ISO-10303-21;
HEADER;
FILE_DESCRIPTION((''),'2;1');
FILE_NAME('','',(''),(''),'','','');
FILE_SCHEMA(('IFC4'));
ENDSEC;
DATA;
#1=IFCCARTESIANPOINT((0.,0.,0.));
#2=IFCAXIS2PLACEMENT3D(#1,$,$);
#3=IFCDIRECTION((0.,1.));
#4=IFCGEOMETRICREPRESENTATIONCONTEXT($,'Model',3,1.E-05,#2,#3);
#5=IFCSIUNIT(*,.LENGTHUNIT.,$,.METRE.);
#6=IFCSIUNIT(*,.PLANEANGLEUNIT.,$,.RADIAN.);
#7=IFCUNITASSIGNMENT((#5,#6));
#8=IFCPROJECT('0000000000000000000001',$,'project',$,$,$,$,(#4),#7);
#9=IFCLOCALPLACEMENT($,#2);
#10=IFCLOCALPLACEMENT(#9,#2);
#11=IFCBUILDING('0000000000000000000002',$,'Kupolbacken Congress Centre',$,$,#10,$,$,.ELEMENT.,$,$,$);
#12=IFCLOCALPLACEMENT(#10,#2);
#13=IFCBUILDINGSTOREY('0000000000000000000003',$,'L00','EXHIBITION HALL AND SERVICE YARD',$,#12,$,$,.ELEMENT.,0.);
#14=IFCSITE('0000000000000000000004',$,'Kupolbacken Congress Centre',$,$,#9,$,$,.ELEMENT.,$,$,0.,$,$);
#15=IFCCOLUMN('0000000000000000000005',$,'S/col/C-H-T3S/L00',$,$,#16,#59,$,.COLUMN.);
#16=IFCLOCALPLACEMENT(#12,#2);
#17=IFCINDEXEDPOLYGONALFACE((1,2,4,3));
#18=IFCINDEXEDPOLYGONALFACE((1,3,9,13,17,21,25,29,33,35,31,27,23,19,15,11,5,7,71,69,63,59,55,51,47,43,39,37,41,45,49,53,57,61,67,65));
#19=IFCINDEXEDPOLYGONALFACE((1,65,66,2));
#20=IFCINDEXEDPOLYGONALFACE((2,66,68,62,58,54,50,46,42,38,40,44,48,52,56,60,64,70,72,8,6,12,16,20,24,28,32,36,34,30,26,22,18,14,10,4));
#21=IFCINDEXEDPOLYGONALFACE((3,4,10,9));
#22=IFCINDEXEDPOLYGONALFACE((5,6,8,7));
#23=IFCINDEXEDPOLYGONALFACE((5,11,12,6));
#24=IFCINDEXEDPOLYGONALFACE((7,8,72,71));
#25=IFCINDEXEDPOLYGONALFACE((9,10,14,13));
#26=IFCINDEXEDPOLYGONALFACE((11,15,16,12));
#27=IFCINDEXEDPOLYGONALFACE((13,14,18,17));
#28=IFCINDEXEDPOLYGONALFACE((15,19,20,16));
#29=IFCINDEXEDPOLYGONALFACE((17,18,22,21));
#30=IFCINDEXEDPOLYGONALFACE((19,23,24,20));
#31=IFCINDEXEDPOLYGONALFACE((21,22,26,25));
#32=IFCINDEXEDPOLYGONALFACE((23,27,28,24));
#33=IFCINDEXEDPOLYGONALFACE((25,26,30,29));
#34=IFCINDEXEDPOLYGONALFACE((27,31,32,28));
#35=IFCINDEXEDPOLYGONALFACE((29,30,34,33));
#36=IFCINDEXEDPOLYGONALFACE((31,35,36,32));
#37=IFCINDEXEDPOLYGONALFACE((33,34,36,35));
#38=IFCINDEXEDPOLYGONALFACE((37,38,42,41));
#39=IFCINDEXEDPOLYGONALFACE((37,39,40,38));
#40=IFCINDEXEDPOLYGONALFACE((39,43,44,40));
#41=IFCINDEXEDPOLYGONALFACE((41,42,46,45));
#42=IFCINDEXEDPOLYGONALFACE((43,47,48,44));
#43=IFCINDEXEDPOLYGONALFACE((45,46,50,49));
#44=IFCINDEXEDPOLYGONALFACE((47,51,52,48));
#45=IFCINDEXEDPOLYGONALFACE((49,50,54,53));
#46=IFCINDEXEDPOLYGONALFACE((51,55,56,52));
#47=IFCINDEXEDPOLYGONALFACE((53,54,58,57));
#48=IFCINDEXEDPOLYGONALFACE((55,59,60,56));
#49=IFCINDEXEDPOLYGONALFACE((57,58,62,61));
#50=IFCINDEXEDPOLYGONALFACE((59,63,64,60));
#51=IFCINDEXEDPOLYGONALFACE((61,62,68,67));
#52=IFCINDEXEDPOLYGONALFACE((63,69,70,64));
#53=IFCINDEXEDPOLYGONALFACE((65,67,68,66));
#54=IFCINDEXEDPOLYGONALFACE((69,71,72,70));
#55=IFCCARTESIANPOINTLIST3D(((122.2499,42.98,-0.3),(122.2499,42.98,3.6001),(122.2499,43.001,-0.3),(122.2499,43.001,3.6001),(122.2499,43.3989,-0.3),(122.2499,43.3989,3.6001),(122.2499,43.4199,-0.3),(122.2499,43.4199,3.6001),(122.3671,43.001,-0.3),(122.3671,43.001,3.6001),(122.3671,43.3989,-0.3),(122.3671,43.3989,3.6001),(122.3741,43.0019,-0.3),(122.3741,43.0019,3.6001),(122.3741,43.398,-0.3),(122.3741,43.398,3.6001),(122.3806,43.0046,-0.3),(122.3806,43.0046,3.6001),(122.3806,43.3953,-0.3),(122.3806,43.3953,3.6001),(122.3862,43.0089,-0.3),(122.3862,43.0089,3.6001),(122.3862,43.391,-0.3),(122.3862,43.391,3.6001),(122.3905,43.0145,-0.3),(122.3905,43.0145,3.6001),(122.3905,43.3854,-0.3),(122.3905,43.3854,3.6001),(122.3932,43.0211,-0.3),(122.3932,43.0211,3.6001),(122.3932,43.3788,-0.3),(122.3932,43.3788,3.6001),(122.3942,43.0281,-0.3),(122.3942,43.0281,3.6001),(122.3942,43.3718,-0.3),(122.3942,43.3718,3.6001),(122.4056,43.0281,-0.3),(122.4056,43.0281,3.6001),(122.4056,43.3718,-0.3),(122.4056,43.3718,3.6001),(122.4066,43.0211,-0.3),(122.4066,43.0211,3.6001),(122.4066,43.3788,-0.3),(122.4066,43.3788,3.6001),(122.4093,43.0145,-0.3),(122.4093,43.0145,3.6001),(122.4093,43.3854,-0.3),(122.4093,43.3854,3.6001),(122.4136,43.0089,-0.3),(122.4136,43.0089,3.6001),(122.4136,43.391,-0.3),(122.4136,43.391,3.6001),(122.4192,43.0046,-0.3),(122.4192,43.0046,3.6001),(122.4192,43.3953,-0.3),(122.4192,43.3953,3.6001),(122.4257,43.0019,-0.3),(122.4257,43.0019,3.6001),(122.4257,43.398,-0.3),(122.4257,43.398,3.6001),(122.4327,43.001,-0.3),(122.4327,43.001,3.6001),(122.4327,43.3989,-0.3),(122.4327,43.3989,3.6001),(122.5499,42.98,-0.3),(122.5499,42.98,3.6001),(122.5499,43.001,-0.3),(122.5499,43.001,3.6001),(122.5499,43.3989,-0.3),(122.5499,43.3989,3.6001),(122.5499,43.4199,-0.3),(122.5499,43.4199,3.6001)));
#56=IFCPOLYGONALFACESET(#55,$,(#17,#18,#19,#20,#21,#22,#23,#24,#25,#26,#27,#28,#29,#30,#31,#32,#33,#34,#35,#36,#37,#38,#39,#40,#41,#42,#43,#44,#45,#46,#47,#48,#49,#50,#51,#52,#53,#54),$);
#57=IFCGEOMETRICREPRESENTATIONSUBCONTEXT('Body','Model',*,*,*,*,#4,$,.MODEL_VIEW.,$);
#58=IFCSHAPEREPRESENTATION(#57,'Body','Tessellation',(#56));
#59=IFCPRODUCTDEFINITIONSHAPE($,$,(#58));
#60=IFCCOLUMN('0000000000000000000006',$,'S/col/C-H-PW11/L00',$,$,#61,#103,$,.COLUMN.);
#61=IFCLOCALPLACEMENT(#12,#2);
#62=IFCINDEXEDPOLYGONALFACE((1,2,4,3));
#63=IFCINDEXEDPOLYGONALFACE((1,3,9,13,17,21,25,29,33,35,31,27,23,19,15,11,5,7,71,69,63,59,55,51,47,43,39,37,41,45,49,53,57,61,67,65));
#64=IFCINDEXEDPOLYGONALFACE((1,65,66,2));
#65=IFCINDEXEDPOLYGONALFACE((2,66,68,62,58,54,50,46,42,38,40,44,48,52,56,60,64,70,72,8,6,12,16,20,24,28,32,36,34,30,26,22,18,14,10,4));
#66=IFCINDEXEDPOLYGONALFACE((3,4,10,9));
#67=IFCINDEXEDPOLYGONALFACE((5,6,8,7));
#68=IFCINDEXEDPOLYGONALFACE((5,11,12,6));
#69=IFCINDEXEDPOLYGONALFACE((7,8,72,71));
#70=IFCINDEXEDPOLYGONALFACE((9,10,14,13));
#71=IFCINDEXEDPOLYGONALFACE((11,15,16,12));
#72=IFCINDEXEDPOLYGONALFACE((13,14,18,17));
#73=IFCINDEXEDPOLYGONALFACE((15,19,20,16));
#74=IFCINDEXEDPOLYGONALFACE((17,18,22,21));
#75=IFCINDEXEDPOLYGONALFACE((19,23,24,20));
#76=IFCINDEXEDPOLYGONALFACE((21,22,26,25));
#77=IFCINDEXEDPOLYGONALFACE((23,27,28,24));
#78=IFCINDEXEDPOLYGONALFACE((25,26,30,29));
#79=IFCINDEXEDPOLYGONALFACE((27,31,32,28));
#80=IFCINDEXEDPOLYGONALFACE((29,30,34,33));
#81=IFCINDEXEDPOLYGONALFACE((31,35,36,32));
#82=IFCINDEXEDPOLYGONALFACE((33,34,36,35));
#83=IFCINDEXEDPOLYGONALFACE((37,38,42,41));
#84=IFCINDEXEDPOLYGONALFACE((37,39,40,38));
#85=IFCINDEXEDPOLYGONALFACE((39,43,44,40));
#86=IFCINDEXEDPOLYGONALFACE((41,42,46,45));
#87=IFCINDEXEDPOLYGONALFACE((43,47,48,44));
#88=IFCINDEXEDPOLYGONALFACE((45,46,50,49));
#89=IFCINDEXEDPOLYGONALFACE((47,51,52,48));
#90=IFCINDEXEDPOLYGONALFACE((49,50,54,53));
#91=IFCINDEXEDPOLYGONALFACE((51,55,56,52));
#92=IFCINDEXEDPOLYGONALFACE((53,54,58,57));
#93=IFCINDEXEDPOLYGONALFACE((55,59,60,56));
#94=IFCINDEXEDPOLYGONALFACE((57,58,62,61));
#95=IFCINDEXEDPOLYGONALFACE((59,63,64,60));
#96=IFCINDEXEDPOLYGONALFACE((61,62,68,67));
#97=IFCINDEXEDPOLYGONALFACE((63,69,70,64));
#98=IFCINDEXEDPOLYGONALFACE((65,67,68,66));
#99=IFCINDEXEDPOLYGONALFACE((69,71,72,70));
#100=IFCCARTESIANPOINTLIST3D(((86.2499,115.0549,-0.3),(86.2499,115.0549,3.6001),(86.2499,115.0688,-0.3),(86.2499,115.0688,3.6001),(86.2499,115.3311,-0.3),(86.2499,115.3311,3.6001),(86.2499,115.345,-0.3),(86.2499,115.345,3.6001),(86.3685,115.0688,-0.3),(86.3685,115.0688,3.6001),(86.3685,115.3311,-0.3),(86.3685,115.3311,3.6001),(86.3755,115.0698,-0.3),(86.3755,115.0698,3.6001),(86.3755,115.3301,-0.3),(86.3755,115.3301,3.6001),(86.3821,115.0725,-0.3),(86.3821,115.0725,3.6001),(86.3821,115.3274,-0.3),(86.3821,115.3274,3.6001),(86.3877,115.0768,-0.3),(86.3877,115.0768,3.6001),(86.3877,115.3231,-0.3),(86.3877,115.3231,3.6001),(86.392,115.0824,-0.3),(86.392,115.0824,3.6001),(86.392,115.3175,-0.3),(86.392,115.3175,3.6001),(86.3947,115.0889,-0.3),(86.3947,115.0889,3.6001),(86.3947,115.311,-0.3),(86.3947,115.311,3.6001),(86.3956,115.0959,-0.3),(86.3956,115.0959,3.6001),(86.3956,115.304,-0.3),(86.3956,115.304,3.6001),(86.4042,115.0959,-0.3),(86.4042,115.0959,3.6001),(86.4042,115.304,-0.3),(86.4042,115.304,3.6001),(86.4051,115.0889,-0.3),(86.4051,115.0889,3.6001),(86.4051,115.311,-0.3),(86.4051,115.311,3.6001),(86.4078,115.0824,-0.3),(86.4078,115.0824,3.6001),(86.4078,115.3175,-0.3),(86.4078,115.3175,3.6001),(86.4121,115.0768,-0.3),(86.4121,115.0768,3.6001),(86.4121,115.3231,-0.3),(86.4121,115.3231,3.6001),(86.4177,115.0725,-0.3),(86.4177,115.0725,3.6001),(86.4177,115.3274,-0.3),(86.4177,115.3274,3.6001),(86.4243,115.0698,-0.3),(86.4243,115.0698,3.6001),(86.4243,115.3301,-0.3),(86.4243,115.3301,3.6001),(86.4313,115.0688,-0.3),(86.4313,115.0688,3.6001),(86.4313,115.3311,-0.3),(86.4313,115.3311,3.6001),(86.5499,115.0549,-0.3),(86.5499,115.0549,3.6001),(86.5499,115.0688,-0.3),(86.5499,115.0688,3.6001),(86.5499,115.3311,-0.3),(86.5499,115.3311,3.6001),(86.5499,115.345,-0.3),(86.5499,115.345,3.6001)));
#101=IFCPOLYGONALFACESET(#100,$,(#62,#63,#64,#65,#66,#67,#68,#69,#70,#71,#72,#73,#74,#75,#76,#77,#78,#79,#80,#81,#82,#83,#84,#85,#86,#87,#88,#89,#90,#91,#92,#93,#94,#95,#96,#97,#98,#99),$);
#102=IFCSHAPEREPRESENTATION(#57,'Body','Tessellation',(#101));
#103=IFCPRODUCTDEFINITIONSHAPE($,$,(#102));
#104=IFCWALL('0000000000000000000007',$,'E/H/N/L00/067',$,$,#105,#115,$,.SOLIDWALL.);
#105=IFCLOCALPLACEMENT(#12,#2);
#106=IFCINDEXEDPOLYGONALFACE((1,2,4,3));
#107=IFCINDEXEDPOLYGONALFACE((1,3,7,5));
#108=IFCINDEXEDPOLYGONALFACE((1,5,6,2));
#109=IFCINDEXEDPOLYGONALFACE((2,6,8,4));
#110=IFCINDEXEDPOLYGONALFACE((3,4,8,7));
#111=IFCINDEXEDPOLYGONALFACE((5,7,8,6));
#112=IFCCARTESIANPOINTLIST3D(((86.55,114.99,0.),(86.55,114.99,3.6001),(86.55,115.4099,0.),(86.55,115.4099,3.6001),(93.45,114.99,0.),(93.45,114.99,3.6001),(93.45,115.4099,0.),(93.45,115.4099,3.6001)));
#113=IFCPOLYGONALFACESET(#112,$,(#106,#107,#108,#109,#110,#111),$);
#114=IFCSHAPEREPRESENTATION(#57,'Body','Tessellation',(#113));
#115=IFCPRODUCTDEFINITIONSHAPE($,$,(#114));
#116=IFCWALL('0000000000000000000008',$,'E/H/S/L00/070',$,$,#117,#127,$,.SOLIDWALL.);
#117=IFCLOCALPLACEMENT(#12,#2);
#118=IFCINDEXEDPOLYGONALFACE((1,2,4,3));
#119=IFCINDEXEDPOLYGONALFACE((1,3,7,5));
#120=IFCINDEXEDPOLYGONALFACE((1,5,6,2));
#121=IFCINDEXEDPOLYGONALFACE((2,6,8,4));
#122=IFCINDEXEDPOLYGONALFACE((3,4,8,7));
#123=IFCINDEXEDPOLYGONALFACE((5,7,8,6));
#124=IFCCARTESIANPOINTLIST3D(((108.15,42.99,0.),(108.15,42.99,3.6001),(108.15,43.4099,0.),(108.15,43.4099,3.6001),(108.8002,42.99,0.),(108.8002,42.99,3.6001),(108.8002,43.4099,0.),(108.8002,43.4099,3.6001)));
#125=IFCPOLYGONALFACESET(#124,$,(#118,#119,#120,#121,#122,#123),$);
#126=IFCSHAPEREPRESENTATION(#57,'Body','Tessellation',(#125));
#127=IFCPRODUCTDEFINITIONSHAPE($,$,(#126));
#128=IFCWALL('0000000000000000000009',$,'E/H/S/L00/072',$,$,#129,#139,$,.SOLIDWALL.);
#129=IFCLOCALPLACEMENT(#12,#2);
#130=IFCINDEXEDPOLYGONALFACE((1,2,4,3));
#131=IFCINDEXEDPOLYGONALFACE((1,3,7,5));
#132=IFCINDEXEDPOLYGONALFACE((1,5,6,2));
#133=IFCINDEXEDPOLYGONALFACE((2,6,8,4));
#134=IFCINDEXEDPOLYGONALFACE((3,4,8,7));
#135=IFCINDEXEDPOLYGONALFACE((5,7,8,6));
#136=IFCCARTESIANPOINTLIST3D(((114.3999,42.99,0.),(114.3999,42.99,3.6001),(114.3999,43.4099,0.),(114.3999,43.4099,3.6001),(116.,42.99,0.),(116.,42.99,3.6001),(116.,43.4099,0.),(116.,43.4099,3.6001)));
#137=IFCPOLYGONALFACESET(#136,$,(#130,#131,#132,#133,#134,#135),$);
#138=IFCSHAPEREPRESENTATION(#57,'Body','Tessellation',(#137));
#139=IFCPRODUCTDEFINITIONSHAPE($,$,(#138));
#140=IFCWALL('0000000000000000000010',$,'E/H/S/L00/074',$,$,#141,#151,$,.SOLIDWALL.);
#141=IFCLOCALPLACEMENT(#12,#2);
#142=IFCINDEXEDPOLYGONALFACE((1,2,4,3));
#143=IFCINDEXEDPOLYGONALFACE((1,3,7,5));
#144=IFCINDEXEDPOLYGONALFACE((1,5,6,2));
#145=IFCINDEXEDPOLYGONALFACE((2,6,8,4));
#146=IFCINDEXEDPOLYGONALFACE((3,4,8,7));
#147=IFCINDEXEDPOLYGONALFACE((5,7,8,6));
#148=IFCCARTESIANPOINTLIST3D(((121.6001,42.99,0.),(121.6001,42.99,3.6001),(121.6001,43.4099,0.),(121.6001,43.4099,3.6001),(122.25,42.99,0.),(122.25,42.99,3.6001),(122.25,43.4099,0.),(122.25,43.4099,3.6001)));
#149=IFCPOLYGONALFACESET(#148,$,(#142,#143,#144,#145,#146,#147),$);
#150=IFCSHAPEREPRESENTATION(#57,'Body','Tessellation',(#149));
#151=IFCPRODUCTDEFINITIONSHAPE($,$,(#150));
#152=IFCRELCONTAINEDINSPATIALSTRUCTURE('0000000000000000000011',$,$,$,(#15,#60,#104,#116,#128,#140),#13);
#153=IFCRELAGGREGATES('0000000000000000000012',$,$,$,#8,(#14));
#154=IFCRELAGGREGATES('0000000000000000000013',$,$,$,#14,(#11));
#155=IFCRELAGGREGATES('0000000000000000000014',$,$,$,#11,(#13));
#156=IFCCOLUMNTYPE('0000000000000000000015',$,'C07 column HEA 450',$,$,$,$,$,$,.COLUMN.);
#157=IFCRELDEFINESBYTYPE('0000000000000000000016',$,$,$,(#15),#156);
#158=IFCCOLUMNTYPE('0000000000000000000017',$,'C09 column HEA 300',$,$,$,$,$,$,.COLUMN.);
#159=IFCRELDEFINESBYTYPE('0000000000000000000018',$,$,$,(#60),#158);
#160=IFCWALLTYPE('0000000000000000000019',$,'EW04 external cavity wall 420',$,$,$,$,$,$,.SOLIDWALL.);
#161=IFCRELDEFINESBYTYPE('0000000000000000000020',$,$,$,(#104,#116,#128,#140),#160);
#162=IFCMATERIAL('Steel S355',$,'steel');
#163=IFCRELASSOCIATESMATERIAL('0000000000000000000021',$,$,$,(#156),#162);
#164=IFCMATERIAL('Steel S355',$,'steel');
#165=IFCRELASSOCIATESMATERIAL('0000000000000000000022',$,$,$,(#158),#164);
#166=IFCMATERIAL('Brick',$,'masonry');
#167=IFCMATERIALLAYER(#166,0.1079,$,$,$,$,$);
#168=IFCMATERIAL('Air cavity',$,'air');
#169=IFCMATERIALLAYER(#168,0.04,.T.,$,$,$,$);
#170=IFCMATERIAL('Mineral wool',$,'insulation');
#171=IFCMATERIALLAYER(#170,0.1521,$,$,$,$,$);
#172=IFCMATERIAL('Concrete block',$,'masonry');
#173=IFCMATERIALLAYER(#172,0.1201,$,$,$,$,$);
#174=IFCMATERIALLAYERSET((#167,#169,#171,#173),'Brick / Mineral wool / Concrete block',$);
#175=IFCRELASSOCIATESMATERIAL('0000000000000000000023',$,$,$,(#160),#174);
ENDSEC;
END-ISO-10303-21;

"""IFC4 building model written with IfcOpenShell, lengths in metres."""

from ifc_helpers import new_model, si_unit, direction, frame, frame_2d, origin, origin_2d, place, context, subcontext, project, spatial, rectangle, i_section, extrude, material, layer, layer_set, material_profile, profile_set, type_object, element, save


model = new_model("IFC4")

# Units and contexts
model_context = context("Model", 3, precision=1e-05, world=origin(), true_north=direction((0.0, 1.0)))
body_context = subcontext(model_context, "Body", "Model", "MODEL_VIEW")
ifc_project = project(units=[si_unit("LENGTHUNIT", "METRE"), si_unit("PLANEANGLEUNIT", "RADIAN")], contexts=[model_context])

# Site, building, storey
site_placement = place(None, origin())
site = spatial("IfcSite", under=ifc_project, at=site_placement, Name="Kupolbacken Congress Centre", CompositionType="ELEMENT", RefElevation=0.0)
building_placement = place(site_placement, origin())
building = spatial("IfcBuilding", under=site, at=building_placement, Name="Kupolbacken Congress Centre", CompositionType="ELEMENT")
storey_placement = place(building_placement, origin())
storey = spatial("IfcBuildingStorey", under=building, at=storey_placement, Name="L00", Description="EXHIBITION HALL AND SERVICE YARD", CompositionType="ELEMENT", Elevation=0.0)

# Columns
ifc_material_1 = material(Name="Steel S355", Category="steel")
ifc_material_profile_1 = material_profile(ifc_material_1, i_section(OverallWidth=0.3, OverallDepth=0.4399, WebThickness=0.0115, FlangeThickness=0.021, FilletRadius=0.0271, at=origin_2d()), Name="HEA 450")
ifc_profile_set_1 = profile_set([ifc_material_profile_1], Name="Steel S355")
column_type_1 = type_object("IfcColumnType", Name="C07 column HEA 450", PredefinedType="COLUMN", material=ifc_profile_set_1)
for number, where, z_axis, x_axis, name in (
    (1, (122.3999, 43.2, -0.3), (0.0, 0.0, 1.0), (1.0, 0.0, 0.0), "S/col/C-H-T3S/L00"),
):
    element("IfcColumn", number, at=place(storey_placement, frame(where, z_axis=z_axis, x_axis=x_axis)), inside=storey, type_object=column_type_1, Name=name, PredefinedType="COLUMN", context=body_context, shape_type="SweptSolid", body=[
        extrude(i_section(OverallWidth=0.3, OverallDepth=0.4399, WebThickness=0.0115, FlangeThickness=0.021, FilletRadius=0.0271, at=origin_2d()), origin(), (0.0, 0.0, 1.0), 3.9001),
    ])
ifc_material_2 = material(Name="Steel S355", Category="steel")
ifc_material_profile_2 = material_profile(ifc_material_2, i_section(OverallWidth=0.3, OverallDepth=0.29, WebThickness=0.0085, FlangeThickness=0.0139, FilletRadius=0.0271, at=origin_2d()), Name="HEA 300")
ifc_profile_set_2 = profile_set([ifc_material_profile_2], Name="Steel S355")
column_type_2 = type_object("IfcColumnType", Name="C09 column HEA 300", PredefinedType="COLUMN", material=ifc_profile_set_2)
column_placement = place(storey_placement, frame((86.3999, 115.2, -0.3), z_axis=(0.0, 0.0, 1.0), x_axis=(1.0, 0.0, 0.0)))
element("IfcColumn", 2, at=column_placement, inside=storey, type_object=column_type_2, Name="S/col/C-H-PW11/L00", PredefinedType="COLUMN", context=body_context, shape_type="SweptSolid", body=[
    extrude(i_section(OverallWidth=0.3, OverallDepth=0.29, WebThickness=0.0085, FlangeThickness=0.0139, FilletRadius=0.0271, at=origin_2d()), origin(), (0.0, 0.0, 1.0), 3.9001),
])

# Walls
ifc_material_3 = material(Name="Brick", Category="masonry")
ifc_layer_1 = layer(ifc_material_3, 0.1079)
ifc_material_4 = material(Name="Air cavity", Category="air")
ifc_layer_2 = layer(ifc_material_4, 0.04, ventilated=True)
ifc_material_5 = material(Name="Mineral wool", Category="insulation")
ifc_layer_3 = layer(ifc_material_5, 0.1521)
ifc_material_6 = material(Name="Concrete block", Category="masonry")
ifc_layer_4 = layer(ifc_material_6, 0.1201)
ifc_layer_set_1 = layer_set([ifc_layer_1, ifc_layer_2, ifc_layer_3, ifc_layer_4], Name="Brick / Mineral wool / Concrete block")
wall_type_1 = type_object("IfcWallType", Name="EW04 external cavity wall 420", PredefinedType="SOLIDWALL", material=ifc_layer_set_1)
wall_1_placement = place(storey_placement, frame((93.45, 115.2, 0.0), z_axis=(0.0, 0.0, 1.0), x_axis=(-1.0, 0.0, 0.0)))
element("IfcWall", 3, at=wall_1_placement, inside=storey, type_object=wall_type_1, Name="E/H/N/L00/067", PredefinedType="SOLIDWALL", context=body_context, shape_type="SweptSolid", body=[
    extrude(rectangle(XDim=6.8999, YDim=0.4199, at=frame_2d((3.45, 0.0))), origin(), (0.0, 0.0, 1.0), 3.6001),
])
wall_2_placement = place(storey_placement, frame((108.1499, 43.2, 0.0), z_axis=(0.0, 0.0, 1.0), x_axis=(1.0, 0.0, 0.0)))
element("IfcWall", 4, at=wall_2_placement, inside=storey, type_object=wall_type_1, Name="E/H/S/L00/070", PredefinedType="SOLIDWALL", context=body_context, shape_type="SweptSolid", body=[
    extrude(rectangle(XDim=0.6501, YDim=0.4199, at=frame_2d((0.3252, 0.0))), origin(), (0.0, 0.0, 1.0), 3.6001),
])
wall_3_placement = place(storey_placement, frame((114.3999, 43.2, 0.0), z_axis=(0.0, 0.0, 1.0), x_axis=(1.0, 0.0, 0.0)))
element("IfcWall", 5, at=wall_3_placement, inside=storey, type_object=wall_type_1, Name="E/H/S/L00/072", PredefinedType="SOLIDWALL", context=body_context, shape_type="SweptSolid", body=[
    extrude(rectangle(XDim=1.6001, YDim=0.4199, at=frame_2d((0.8, 0.0))), origin(), (0.0, 0.0, 1.0), 3.6001),
])
wall_4_placement = place(storey_placement, frame((121.6001, 43.2, 0.0), z_axis=(0.0, 0.0, 1.0), x_axis=(1.0, 0.0, 0.0)))
element("IfcWall", 6, at=wall_4_placement, inside=storey, type_object=wall_type_1, Name="E/H/S/L00/074", PredefinedType="SOLIDWALL", context=body_context, shape_type="SweptSolid", body=[
    extrude(rectangle(XDim=0.6499, YDim=0.4199, at=frame_2d((0.325, 0.0))), origin(), (0.0, 0.0, 1.0), 3.6001),
])

save(model, "model.ifc")
